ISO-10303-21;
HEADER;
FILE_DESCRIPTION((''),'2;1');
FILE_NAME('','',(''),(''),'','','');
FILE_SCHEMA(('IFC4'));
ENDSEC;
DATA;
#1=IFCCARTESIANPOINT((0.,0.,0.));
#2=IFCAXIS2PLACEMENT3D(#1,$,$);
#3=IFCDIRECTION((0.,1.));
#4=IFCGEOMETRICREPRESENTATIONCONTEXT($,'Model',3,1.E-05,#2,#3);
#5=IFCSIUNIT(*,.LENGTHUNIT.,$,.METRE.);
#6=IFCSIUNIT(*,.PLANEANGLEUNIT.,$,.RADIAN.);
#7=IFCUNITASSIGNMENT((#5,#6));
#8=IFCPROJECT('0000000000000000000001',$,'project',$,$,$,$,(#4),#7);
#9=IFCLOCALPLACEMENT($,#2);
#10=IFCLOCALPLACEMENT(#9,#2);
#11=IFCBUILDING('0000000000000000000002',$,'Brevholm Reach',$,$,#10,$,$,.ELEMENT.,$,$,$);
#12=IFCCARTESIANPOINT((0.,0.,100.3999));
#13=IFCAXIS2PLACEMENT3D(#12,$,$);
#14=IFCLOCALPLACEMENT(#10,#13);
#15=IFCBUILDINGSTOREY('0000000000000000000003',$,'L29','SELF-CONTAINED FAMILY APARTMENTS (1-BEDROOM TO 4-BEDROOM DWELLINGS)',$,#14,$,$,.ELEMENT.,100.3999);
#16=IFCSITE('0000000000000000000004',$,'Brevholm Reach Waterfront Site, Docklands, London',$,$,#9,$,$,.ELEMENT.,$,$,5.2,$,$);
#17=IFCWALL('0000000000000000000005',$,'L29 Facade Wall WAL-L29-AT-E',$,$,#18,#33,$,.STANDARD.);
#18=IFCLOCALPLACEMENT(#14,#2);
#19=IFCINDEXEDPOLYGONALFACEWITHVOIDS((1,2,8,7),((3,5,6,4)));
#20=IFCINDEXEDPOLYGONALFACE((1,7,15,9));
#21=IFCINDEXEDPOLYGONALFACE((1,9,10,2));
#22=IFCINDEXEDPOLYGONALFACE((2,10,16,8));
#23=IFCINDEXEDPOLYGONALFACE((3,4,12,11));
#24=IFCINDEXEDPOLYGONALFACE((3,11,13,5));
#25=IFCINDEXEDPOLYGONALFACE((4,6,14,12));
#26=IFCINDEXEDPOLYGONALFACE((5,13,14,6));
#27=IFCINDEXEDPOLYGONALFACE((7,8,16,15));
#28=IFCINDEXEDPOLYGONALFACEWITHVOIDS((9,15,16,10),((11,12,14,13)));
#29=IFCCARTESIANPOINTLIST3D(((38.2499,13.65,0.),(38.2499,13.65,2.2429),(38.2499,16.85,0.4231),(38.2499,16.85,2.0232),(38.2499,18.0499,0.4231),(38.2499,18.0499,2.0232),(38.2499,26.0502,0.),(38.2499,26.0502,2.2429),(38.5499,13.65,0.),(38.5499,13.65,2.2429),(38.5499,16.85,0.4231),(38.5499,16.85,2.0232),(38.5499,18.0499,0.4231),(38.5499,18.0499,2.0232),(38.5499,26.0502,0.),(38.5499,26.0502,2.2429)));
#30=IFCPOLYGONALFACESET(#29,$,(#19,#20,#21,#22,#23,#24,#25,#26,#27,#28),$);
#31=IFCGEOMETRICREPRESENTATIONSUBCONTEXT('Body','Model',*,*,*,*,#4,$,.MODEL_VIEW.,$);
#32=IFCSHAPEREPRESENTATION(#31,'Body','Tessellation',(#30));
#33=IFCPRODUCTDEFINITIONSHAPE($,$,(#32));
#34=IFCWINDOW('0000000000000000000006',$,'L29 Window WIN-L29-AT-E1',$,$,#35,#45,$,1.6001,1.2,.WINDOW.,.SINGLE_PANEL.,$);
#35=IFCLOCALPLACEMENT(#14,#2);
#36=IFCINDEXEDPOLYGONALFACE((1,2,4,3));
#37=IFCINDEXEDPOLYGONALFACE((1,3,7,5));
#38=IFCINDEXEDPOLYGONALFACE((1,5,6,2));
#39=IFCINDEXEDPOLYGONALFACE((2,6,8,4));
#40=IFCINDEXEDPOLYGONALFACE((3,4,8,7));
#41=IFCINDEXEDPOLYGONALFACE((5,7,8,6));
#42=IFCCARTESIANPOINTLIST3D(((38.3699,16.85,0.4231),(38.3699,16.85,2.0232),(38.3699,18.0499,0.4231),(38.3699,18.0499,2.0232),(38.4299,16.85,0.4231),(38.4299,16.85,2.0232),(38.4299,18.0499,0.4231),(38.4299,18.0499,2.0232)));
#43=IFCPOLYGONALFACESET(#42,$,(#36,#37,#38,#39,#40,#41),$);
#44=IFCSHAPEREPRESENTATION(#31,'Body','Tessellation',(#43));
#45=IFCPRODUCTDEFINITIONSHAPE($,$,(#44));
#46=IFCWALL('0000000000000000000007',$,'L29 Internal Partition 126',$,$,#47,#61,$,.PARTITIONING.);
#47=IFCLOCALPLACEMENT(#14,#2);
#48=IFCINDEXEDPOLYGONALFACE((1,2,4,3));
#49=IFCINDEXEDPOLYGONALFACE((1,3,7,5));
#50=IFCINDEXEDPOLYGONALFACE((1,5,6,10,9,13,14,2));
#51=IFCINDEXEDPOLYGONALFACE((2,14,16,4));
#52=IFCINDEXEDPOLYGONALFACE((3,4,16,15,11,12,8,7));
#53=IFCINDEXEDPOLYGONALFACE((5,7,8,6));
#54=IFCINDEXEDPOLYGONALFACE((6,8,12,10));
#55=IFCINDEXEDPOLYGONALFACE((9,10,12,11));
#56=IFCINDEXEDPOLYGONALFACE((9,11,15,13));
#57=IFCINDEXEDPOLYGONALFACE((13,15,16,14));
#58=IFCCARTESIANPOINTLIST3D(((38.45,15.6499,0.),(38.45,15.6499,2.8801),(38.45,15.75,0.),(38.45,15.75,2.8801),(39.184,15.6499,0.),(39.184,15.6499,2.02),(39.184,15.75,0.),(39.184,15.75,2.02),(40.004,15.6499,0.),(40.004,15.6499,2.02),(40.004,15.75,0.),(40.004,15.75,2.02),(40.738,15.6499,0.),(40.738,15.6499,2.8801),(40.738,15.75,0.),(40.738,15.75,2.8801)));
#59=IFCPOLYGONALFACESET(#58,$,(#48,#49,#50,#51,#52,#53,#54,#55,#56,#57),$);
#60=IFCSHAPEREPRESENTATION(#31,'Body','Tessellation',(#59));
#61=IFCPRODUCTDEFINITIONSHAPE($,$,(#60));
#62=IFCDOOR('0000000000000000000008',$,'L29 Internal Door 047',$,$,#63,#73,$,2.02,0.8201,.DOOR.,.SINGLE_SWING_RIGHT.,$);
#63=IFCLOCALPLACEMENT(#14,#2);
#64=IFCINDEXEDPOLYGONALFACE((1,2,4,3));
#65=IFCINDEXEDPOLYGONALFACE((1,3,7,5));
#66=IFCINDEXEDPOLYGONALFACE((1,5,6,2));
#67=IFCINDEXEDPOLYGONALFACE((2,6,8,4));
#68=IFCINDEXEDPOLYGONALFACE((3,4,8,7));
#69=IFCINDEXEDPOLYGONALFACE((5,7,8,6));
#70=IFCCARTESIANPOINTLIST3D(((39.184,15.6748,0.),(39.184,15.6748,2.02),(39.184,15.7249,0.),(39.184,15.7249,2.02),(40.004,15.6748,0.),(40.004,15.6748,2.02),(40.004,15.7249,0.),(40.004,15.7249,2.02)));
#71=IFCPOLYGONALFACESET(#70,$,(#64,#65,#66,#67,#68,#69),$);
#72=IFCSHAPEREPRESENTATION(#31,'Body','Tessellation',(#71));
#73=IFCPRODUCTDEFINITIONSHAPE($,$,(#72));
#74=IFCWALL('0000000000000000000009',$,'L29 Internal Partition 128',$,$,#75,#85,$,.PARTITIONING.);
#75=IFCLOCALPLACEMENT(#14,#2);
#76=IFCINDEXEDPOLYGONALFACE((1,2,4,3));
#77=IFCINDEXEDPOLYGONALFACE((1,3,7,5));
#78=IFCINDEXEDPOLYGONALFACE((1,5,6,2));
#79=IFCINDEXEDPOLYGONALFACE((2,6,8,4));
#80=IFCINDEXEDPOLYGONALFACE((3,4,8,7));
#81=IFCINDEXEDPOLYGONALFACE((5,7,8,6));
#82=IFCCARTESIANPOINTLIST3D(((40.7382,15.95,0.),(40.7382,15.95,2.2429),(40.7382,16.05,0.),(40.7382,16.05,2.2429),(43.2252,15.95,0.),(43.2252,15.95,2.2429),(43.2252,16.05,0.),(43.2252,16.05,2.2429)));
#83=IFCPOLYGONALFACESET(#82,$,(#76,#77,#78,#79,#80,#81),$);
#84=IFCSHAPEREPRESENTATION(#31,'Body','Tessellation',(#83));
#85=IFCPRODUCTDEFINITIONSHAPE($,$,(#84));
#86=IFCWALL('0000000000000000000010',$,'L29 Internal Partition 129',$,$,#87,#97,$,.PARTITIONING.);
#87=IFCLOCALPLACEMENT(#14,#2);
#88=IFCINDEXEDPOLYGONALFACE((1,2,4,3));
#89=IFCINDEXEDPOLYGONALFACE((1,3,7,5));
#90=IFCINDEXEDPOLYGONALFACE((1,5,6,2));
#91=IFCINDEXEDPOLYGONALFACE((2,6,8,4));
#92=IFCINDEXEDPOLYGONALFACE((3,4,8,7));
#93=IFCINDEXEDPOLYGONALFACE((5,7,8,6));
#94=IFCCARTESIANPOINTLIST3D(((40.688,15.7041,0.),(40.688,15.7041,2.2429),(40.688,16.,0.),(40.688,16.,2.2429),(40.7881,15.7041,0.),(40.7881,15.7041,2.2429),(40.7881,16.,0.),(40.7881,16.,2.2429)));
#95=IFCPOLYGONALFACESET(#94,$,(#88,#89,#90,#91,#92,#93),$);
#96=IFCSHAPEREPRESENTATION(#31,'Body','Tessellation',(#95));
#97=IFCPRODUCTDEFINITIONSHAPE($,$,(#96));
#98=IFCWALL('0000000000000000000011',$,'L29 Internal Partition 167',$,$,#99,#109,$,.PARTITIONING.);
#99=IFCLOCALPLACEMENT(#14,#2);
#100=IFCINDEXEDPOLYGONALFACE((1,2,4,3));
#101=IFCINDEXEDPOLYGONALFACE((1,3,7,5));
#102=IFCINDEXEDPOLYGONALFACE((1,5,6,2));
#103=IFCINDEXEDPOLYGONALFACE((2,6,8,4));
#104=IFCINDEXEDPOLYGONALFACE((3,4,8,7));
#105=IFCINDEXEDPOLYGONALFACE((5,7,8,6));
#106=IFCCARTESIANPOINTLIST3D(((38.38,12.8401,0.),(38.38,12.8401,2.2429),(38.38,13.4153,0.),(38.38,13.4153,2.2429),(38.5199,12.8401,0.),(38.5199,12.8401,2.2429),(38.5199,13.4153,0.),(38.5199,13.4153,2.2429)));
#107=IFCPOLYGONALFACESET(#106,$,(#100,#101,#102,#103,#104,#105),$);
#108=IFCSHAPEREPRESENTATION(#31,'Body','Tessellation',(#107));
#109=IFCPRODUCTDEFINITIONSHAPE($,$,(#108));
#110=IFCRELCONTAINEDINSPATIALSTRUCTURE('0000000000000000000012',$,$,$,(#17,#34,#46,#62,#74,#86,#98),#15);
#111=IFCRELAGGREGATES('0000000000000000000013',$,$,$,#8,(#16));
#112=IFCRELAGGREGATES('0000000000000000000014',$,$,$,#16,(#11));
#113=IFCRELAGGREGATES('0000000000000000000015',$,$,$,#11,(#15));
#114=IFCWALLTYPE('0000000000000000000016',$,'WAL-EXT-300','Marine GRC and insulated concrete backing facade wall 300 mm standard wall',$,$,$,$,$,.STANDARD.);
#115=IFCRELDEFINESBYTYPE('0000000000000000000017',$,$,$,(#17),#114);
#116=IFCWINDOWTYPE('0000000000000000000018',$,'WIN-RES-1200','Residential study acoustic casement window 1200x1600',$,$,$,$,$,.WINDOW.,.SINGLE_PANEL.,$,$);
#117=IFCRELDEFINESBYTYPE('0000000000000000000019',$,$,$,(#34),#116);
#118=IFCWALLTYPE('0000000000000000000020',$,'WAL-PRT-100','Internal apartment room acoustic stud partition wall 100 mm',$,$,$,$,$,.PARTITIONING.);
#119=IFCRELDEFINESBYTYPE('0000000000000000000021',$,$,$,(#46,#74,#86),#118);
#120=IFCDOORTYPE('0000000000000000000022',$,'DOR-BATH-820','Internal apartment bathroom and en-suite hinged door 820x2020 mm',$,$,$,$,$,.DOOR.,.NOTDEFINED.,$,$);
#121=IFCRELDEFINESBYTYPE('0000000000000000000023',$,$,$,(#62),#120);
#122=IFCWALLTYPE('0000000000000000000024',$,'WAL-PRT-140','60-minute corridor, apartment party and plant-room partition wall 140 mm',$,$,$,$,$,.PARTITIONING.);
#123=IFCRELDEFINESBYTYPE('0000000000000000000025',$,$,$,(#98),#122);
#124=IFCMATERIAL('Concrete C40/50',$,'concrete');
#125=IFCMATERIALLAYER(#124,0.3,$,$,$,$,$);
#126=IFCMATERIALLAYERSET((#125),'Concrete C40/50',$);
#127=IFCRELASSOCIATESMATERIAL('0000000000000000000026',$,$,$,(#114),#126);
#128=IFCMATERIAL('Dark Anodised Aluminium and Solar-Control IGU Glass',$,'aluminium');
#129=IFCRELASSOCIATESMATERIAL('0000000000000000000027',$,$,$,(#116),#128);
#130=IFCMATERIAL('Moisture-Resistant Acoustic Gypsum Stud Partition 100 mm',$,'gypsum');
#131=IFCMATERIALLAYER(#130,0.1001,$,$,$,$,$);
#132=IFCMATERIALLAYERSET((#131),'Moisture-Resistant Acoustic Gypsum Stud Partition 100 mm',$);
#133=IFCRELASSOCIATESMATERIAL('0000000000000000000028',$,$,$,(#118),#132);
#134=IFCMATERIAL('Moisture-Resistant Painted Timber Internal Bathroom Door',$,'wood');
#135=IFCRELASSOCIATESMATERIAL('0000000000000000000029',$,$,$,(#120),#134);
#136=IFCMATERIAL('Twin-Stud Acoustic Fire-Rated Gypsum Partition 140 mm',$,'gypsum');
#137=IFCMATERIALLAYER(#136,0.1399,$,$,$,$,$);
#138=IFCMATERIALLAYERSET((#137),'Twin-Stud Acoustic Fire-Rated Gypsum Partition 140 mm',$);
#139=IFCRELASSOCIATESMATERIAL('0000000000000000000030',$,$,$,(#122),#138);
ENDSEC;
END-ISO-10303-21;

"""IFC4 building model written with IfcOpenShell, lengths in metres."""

from ifc_helpers import new_model, si_unit, direction, frame, frame_2d, origin, place, context, subcontext, project, spatial, rectangle, extrude, material, layer, layer_set, type_object, element, fill, save


model = new_model("IFC4")

# Units and contexts
model_context = context("Model", 3, precision=1e-05, world=origin(), true_north=direction((0.0, 1.0)))
body_context = subcontext(model_context, "Body", "Model", "MODEL_VIEW")
ifc_project = project(units=[si_unit("LENGTHUNIT", "METRE"), si_unit("PLANEANGLEUNIT", "RADIAN")], contexts=[model_context])

# Site, building, storey
site_placement = place(None, origin())
site = spatial("IfcSite", under=ifc_project, at=site_placement, Name="Brevholm Reach Waterfront Site, Docklands, London", CompositionType="ELEMENT", RefElevation=5.2)
building_placement = place(site_placement, origin())
building = spatial("IfcBuilding", under=site, at=building_placement, Name="Brevholm Reach", CompositionType="ELEMENT")
storey_placement = place(building_placement, frame((0.0, 0.0, 100.3999)))
storey = spatial("IfcBuildingStorey", under=building, at=storey_placement, Name="L29", Description="SELF-CONTAINED FAMILY APARTMENTS (1-BEDROOM TO 4-BEDROOM DWELLINGS)", CompositionType="ELEMENT", Elevation=100.3999)

# Wall, opening, window
ifc_material_1 = material(Name="Concrete C40/50", Category="concrete")
ifc_layer_1 = layer(ifc_material_1, 0.3)
ifc_layer_set_1 = layer_set([ifc_layer_1], Name="Concrete C40/50")
wall_type_1 = type_object("IfcWallType", Name="WAL-EXT-300", Description="Marine GRC and insulated concrete backing facade wall 300 mm standard wall", PredefinedType="STANDARD", material=ifc_layer_set_1)
wall_1_placement = place(storey_placement, frame((38.3999, 13.6499, 0.0), z_axis=(0.0, 0.0, 1.0), x_axis=(0.0, 1.0, 0.0)))
wall_1 = element("IfcWall", 1, at=wall_1_placement, inside=storey, type_object=wall_type_1, Name="L29 Facade Wall WAL-L29-AT-E", PredefinedType="STANDARD", context=body_context, shape_type="SweptSolid", body=[
    extrude(rectangle(XDim=12.4001, YDim=0.3, at=frame_2d((6.2002, 0.0))), origin(), (0.0, 0.0, 1.0), 2.2429),
])
opening_1_placement = place(wall_1_placement, frame((3.2, 0.0, 0.4231)))
opening_1 = element("IfcOpeningElement", 2, at=opening_1_placement, cuts=wall_1, PredefinedType="OPENING", context=body_context, shape_type="SweptSolid", body=[
    extrude(rectangle(XDim=1.2, YDim=1.6001, at=frame_2d((0.6001, 0.8))), frame((0.0, 0.1599, 0.0), z_axis=(0.0, -1.0, 0.0), x_axis=(1.0, 0.0, 0.0)), (0.0, 0.0, 1.0), 0.3201),
])
ifc_material_2 = material(Name="Dark Anodised Aluminium and Solar-Control IGU Glass", Category="aluminium")
window_type = type_object("IfcWindowType", Name="WIN-RES-1200", Description="Residential study acoustic casement window 1200x1600", PartitioningType="SINGLE_PANEL", PredefinedType="WINDOW", material=ifc_material_2)
window_placement = place(opening_1_placement, origin())
window = element("IfcWindow", 3, at=window_placement, inside=storey, type_object=window_type, Name="L29 Window WIN-L29-AT-E1", OverallHeight=1.6001, OverallWidth=1.2, PartitioningType="SINGLE_PANEL", PredefinedType="WINDOW", context=body_context, shape_type="SweptSolid", body=[
    extrude(rectangle(XDim=1.2, YDim=1.6001, at=frame_2d((0.6001, 0.8))), frame((0.0, 0.03, 0.0), z_axis=(0.0, -1.0, 0.0), x_axis=(1.0, 0.0, 0.0)), (0.0, 0.0, 1.0), 0.0601),
])
fill(opening_1, window)

# Wall, opening, door
ifc_material_3 = material(Name="Moisture-Resistant Acoustic Gypsum Stud Partition 100 mm", Category="gypsum")
ifc_layer_2 = layer(ifc_material_3, 0.1001)
ifc_layer_set_2 = layer_set([ifc_layer_2], Name="Moisture-Resistant Acoustic Gypsum Stud Partition 100 mm")
wall_type_2 = type_object("IfcWallType", Name="WAL-PRT-100", Description="Internal apartment room acoustic stud partition wall 100 mm", PredefinedType="PARTITIONING", material=ifc_layer_set_2)
wall_2_placement = place(storey_placement, frame((38.45, 15.7, 0.0), z_axis=(0.0, 0.0, 1.0), x_axis=(1.0, 0.0, 0.0)))
wall_2 = element("IfcWall", 4, at=wall_2_placement, inside=storey, type_object=wall_type_2, Name="L29 Internal Partition 126", PredefinedType="PARTITIONING", context=body_context, shape_type="SweptSolid", body=[
    extrude(rectangle(XDim=2.2881, YDim=0.1001, at=frame_2d((1.144, 0.0))), origin(), (0.0, 0.0, 1.0), 2.8801),
])
opening_2_placement = place(wall_2_placement, frame((0.7339, 0.0, 0.0)))
opening_2 = element("IfcOpeningElement", 5, at=opening_2_placement, cuts=wall_2, PredefinedType="OPENING", context=body_context, shape_type="SweptSolid", body=[
    extrude(rectangle(XDim=0.8201, YDim=2.02, at=frame_2d((0.4102, 1.01))), frame((0.0, 0.0601, 0.0), z_axis=(0.0, -1.0, 0.0), x_axis=(1.0, 0.0, 0.0)), (0.0, 0.0, 1.0), 0.1201),
])
ifc_material_4 = material(Name="Moisture-Resistant Painted Timber Internal Bathroom Door", Category="wood")
door_type = type_object("IfcDoorType", Name="DOR-BATH-820", Description="Internal apartment bathroom and en-suite hinged door 820x2020 mm", OperationType="NOTDEFINED", PredefinedType="DOOR", material=ifc_material_4)
door_placement = place(opening_2_placement, origin())
door = element("IfcDoor", 6, at=door_placement, inside=storey, type_object=door_type, Name="L29 Internal Door 047", OperationType="SINGLE_SWING_RIGHT", OverallHeight=2.02, OverallWidth=0.8201, PredefinedType="DOOR", context=body_context, shape_type="SweptSolid", body=[
    extrude(rectangle(XDim=0.8201, YDim=2.02, at=frame_2d((0.4102, 1.01))), frame((0.0, 0.0249, 0.0), z_axis=(0.0, -1.0, 0.0), x_axis=(1.0, 0.0, 0.0)), (0.0, 0.0, 1.0), 0.05),
])
fill(opening_2, door)

# Walls
wall_3_placement = place(storey_placement, frame((40.738, 16.0, 0.0), z_axis=(0.0, 0.0, 1.0), x_axis=(1.0, 0.0, 0.0)))
element("IfcWall", 7, at=wall_3_placement, inside=storey, type_object=wall_type_2, Name="L29 Internal Partition 128", PredefinedType="PARTITIONING", context=body_context, shape_type="SweptSolid", body=[
    extrude(rectangle(XDim=2.4871, YDim=0.1001, at=frame_2d((1.2437, 0.0))), origin(), (0.0, 0.0, 1.0), 2.2429),
])
wall_4_placement = place(storey_placement, frame((40.738, 15.7041, 0.0), z_axis=(0.0, 0.0, 1.0), x_axis=(0.0, 1.0, 0.0)))
element("IfcWall", 8, at=wall_4_placement, inside=storey, type_object=wall_type_2, Name="L29 Internal Partition 129", PredefinedType="PARTITIONING", context=body_context, shape_type="SweptSolid", body=[
    extrude(rectangle(XDim=0.2959, YDim=0.1001, at=frame_2d((0.1479, 0.0))), origin(), (0.0, 0.0, 1.0), 2.2429),
])
ifc_material_5 = material(Name="Twin-Stud Acoustic Fire-Rated Gypsum Partition 140 mm", Category="gypsum")
ifc_layer_3 = layer(ifc_material_5, 0.1399)
ifc_layer_set_3 = layer_set([ifc_layer_3], Name="Twin-Stud Acoustic Fire-Rated Gypsum Partition 140 mm")
wall_type_3 = type_object("IfcWallType", Name="WAL-PRT-140", Description="60-minute corridor, apartment party and plant-room partition wall 140 mm", PredefinedType="PARTITIONING", material=ifc_layer_set_3)
wall_5_placement = place(storey_placement, frame((38.45, 12.8401, 0.0), z_axis=(0.0, 0.0, 1.0), x_axis=(0.0, 1.0, 0.0)))
element("IfcWall", 9, at=wall_5_placement, inside=storey, type_object=wall_type_3, Name="L29 Internal Partition 167", PredefinedType="PARTITIONING", context=body_context, shape_type="SweptSolid", body=[
    extrude(rectangle(XDim=0.5752, YDim=0.1399, at=frame_2d((0.2876, 0.0))), origin(), (0.0, 0.0, 1.0), 2.2429),
])

save(model, "model.ifc")
